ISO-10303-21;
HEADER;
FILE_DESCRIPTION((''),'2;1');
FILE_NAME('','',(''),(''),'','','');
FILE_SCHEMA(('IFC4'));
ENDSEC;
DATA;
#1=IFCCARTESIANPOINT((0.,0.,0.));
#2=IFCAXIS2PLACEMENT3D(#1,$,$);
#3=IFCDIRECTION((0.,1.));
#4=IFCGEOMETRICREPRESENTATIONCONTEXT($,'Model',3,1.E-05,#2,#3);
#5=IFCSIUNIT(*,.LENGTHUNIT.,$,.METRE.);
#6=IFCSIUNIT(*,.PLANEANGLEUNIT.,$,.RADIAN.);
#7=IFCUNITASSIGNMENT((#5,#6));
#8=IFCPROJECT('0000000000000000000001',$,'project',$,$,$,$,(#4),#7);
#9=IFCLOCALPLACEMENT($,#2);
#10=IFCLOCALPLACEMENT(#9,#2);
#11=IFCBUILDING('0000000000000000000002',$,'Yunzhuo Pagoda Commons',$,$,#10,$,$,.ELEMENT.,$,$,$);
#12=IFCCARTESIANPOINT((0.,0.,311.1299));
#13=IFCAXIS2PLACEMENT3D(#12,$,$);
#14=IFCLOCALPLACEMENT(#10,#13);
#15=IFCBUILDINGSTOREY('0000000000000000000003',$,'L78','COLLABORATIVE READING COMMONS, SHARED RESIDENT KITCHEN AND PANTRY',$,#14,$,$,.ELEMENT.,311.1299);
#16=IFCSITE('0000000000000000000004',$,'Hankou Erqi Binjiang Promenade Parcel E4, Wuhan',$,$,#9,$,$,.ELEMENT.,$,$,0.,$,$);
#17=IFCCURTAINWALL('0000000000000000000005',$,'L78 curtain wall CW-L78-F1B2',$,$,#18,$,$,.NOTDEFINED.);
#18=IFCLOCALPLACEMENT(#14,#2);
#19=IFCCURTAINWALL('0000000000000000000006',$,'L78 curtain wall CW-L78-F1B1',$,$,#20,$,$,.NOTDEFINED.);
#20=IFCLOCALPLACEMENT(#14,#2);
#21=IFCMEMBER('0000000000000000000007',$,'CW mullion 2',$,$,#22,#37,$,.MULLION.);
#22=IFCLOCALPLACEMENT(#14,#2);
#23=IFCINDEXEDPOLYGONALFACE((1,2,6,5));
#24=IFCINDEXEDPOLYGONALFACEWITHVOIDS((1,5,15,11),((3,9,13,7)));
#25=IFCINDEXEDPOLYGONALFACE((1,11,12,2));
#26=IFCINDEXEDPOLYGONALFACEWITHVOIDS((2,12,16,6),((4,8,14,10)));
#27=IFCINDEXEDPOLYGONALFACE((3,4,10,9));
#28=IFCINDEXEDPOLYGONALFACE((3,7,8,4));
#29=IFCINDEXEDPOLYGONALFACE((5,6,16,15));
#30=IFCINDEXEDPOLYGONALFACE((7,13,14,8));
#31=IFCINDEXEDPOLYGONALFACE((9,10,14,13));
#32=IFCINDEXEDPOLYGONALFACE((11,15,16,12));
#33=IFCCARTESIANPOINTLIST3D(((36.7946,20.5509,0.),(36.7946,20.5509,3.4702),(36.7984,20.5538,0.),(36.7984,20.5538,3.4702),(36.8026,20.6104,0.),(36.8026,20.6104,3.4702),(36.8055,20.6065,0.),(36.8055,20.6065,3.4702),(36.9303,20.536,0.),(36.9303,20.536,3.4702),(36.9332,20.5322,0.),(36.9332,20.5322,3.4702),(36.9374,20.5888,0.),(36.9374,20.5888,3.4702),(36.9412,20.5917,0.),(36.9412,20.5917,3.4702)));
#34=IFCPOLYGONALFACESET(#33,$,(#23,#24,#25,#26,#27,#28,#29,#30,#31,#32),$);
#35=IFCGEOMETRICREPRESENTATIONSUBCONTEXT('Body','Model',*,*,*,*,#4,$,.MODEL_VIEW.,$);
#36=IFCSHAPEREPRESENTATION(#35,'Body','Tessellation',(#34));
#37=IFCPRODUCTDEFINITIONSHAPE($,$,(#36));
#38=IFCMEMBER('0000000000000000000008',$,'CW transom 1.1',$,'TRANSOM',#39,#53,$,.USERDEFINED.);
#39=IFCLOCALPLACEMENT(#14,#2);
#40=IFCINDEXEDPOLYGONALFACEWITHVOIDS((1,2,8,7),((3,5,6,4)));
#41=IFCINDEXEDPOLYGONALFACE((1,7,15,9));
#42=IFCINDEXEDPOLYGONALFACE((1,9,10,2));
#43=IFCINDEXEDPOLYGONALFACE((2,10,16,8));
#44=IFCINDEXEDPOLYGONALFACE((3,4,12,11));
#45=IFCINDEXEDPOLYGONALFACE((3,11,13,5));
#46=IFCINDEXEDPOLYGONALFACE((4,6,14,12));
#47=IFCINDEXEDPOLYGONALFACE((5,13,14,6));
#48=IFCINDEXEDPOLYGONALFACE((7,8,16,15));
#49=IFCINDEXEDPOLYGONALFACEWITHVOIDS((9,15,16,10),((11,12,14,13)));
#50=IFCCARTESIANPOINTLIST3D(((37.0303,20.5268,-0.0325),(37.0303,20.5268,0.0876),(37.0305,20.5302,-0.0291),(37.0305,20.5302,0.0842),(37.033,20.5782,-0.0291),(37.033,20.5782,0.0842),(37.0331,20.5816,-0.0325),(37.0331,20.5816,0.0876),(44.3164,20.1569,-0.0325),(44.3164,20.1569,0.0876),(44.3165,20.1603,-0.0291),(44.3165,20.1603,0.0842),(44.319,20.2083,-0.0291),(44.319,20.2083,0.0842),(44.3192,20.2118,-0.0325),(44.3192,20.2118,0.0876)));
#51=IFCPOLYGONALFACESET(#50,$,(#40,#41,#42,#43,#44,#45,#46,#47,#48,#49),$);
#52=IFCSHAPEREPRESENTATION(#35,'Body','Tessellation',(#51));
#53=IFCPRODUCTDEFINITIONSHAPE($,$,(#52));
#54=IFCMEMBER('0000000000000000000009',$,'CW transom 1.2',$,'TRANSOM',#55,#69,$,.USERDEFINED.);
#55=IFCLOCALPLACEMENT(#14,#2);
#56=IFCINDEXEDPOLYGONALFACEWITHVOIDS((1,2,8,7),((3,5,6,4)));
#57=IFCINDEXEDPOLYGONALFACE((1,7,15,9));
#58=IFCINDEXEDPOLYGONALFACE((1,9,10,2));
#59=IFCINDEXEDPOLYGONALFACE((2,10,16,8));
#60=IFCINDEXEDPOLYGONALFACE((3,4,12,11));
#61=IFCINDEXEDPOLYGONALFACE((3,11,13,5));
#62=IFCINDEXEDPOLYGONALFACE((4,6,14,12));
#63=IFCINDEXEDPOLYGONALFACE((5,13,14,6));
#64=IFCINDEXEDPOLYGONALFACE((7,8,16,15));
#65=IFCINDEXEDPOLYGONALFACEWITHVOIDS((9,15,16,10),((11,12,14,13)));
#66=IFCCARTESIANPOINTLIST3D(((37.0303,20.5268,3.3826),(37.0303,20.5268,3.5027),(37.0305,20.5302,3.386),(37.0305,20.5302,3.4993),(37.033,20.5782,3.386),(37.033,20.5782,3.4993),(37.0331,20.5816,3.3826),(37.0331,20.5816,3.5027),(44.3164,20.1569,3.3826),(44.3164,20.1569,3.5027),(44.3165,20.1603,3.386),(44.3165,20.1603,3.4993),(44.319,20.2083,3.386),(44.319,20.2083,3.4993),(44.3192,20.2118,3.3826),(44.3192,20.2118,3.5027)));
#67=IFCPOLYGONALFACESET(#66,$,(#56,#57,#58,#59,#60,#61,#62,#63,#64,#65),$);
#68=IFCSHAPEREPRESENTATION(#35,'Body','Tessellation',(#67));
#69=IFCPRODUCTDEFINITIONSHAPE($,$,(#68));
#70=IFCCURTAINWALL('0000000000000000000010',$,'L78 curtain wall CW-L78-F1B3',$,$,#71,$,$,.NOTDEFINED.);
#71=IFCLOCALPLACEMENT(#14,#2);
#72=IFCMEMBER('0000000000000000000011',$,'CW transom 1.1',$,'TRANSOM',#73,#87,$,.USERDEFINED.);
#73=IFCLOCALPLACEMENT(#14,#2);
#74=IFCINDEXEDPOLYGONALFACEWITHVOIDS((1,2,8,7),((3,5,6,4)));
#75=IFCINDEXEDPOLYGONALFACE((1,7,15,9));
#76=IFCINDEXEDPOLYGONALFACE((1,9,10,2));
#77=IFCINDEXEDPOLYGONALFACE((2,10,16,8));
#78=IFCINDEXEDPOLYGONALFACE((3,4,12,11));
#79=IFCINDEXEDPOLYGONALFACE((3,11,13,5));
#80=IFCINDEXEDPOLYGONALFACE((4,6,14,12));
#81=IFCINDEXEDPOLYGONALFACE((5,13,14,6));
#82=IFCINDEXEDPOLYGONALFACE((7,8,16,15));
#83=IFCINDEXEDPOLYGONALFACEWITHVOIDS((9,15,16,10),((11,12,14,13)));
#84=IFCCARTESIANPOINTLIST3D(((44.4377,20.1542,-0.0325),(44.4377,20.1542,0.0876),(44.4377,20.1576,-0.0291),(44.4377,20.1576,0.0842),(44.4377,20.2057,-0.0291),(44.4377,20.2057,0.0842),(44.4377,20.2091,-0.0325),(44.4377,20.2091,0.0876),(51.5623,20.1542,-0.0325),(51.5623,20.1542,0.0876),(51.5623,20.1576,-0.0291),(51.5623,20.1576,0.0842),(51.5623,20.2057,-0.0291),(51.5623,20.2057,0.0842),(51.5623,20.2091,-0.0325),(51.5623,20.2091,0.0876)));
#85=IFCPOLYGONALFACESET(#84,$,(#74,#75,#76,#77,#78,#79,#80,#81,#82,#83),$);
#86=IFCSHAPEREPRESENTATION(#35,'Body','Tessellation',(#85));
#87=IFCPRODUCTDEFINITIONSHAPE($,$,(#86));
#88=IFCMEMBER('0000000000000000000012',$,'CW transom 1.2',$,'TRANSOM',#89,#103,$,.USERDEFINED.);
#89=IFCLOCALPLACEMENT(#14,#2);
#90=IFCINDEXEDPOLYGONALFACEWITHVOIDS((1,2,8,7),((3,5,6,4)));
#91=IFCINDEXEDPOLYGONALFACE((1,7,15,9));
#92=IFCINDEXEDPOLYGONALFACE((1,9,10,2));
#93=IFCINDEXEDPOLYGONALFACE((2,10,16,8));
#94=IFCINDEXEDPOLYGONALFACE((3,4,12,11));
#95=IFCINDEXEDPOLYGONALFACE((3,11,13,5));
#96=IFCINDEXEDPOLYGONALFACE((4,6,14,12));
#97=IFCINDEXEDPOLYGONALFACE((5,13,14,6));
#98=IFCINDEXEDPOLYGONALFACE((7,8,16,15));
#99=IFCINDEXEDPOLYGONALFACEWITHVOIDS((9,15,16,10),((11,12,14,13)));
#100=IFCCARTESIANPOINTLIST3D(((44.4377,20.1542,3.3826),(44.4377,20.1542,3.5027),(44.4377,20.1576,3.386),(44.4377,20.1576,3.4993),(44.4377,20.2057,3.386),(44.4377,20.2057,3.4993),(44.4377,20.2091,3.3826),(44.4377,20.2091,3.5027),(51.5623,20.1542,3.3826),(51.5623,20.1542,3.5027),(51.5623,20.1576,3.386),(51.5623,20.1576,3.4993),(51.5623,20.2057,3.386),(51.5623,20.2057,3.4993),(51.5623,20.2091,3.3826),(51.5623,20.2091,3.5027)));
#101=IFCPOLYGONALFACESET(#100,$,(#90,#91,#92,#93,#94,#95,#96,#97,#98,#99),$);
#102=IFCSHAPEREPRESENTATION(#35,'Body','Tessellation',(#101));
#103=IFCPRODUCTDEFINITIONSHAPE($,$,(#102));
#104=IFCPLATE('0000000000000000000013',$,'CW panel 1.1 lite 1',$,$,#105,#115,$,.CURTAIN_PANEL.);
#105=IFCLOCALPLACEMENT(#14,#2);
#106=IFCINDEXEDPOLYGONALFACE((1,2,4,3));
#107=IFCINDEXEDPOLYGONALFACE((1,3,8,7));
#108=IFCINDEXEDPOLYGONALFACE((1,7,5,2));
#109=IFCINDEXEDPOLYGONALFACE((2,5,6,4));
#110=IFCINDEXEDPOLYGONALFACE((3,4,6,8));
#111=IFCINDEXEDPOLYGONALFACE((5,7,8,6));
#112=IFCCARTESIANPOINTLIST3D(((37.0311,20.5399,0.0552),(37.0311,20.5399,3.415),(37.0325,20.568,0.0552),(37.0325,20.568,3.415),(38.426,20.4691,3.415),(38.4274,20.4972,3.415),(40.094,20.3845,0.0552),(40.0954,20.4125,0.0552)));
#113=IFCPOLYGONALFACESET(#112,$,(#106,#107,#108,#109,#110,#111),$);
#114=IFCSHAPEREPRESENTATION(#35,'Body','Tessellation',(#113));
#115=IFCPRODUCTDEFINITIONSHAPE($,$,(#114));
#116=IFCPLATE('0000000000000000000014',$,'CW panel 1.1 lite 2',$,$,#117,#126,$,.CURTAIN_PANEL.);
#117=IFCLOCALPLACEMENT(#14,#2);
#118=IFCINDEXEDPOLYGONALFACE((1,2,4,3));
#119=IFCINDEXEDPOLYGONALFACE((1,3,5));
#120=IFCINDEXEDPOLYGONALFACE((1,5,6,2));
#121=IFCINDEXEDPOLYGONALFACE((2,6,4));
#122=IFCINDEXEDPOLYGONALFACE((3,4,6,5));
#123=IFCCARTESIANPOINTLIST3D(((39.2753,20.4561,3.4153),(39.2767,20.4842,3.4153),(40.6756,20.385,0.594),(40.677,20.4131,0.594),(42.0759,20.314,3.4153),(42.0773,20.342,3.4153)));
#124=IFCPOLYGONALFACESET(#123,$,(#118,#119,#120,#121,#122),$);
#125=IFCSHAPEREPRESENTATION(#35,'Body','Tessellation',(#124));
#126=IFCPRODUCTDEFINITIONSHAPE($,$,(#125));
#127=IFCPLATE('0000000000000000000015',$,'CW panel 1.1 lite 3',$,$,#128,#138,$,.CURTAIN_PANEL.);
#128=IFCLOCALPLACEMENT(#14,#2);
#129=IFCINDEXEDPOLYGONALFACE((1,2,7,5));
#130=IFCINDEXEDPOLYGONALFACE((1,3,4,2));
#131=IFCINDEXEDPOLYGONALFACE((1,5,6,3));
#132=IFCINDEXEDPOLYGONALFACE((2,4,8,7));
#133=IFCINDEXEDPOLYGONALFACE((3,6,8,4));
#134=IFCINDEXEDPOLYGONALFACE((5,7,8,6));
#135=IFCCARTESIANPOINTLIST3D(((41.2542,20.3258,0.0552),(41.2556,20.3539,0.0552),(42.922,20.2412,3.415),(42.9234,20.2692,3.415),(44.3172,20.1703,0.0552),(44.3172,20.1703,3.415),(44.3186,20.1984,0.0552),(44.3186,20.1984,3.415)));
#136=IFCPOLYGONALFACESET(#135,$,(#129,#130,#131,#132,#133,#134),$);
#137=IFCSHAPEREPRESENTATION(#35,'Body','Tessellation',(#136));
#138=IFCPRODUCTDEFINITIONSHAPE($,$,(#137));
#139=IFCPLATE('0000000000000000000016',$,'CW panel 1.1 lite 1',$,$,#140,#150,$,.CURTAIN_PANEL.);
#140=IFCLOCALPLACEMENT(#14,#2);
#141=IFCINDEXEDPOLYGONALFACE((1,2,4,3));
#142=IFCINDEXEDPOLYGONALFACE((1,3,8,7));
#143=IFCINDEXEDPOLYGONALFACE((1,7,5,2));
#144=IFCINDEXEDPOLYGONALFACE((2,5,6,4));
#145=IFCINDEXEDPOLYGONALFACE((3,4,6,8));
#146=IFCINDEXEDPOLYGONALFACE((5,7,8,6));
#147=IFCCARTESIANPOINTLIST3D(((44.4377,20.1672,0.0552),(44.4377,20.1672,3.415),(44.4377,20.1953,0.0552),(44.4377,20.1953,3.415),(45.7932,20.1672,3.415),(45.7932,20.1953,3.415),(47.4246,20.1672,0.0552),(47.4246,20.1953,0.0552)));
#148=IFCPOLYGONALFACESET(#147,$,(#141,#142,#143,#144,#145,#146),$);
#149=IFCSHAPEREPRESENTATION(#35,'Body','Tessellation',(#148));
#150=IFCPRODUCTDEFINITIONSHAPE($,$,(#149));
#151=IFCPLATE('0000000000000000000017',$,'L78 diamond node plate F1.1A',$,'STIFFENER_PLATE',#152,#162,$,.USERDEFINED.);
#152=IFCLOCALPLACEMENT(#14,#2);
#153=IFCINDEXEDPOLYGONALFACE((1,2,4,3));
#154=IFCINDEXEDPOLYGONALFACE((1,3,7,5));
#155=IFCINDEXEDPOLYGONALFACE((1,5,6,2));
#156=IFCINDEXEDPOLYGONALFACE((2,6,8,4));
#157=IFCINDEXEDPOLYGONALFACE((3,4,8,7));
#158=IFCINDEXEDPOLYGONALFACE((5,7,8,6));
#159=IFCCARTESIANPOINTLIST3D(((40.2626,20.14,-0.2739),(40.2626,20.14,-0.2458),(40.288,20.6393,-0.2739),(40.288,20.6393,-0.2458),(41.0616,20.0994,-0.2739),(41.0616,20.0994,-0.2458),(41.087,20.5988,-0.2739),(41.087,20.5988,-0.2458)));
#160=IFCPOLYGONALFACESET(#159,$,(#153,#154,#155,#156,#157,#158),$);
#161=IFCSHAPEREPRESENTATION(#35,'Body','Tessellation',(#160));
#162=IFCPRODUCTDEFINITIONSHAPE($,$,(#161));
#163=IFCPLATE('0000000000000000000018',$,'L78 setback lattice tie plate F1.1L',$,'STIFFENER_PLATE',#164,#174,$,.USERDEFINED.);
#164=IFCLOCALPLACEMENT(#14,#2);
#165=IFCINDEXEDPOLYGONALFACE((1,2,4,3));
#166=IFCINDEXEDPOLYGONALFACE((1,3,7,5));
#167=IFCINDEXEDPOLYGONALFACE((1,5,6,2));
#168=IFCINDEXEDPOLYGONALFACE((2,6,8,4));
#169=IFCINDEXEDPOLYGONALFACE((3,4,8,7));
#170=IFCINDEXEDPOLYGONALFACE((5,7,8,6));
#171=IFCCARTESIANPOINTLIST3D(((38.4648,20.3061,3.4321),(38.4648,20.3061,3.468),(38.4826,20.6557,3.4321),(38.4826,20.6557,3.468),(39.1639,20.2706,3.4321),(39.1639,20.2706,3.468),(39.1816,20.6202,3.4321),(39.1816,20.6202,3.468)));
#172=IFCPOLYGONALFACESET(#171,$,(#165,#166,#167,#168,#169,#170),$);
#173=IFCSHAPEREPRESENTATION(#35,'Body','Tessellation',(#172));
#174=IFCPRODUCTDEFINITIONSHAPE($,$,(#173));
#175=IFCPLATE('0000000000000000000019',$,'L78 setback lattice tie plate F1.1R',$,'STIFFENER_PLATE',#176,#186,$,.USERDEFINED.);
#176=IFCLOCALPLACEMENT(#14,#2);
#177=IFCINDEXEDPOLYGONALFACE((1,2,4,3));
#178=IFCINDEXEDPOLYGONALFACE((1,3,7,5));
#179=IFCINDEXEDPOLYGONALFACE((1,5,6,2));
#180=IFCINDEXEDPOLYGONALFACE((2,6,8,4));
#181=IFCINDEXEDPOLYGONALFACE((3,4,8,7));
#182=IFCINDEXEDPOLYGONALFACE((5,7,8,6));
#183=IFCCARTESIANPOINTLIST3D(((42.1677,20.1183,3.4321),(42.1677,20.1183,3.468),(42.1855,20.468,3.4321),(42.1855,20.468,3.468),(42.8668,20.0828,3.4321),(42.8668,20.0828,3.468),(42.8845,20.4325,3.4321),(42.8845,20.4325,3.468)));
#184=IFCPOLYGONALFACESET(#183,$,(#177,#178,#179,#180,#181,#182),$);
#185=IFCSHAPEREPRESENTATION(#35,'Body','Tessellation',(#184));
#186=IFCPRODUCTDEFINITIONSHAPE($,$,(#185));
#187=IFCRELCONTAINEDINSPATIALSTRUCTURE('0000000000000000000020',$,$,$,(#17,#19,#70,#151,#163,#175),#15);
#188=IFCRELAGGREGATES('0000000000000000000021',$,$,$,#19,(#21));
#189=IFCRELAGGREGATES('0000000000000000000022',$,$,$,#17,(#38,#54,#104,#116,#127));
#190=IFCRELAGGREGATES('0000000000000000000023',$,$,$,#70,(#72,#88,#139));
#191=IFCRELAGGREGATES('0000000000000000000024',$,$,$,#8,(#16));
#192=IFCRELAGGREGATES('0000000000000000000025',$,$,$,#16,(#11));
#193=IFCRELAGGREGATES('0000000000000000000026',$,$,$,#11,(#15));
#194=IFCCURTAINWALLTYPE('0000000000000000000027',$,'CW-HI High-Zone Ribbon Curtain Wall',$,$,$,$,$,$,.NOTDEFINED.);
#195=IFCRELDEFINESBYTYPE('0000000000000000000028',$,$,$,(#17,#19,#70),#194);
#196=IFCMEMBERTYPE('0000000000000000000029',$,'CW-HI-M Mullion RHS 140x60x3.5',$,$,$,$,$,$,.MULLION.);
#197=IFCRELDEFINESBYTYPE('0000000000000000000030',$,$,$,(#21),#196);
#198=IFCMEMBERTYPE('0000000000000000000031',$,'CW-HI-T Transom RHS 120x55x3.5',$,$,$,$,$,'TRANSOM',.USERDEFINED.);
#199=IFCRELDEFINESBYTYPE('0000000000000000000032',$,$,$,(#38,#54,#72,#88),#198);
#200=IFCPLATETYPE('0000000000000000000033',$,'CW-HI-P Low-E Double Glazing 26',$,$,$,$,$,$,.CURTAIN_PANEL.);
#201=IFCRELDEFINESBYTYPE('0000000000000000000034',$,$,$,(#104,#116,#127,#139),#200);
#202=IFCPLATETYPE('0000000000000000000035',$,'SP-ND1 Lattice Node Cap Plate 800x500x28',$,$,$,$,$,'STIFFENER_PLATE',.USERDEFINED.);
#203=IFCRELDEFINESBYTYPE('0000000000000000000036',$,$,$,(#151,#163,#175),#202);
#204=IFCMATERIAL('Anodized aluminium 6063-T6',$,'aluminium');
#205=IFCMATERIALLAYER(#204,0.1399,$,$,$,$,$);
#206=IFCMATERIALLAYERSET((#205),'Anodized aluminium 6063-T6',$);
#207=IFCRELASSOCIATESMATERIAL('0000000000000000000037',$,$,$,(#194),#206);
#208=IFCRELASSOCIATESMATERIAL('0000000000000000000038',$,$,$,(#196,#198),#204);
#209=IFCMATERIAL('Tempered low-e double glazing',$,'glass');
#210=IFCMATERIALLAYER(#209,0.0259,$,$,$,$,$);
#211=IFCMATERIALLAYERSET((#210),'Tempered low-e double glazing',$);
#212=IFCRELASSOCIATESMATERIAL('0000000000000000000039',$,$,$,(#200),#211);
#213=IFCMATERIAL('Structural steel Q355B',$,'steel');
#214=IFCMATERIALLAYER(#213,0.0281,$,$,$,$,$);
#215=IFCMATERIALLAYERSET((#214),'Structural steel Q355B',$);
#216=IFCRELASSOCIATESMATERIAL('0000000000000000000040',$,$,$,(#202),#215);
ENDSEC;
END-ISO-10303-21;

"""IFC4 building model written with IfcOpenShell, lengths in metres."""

from ifc_helpers import new_model, si_unit, direction, frame, origin, origin_2d, place, context, subcontext, project, spatial, polyline, rectangle, hollow_rectangle, outline, extrude, source, transform, mapped, material, layer, layer_set, material_profile, profile_set, type_object, element, aggregate, save


model = new_model("IFC4")

# Units and contexts
model_context = context("Model", 3, precision=1e-05, world=origin(), true_north=direction((0.0, 1.0)))
body_context = subcontext(model_context, "Body", "Model", "MODEL_VIEW")
ifc_project = project(units=[si_unit("LENGTHUNIT", "METRE"), si_unit("PLANEANGLEUNIT", "RADIAN")], contexts=[model_context])

# Site, building, storey
site_placement = place(None, origin())
site = spatial("IfcSite", under=ifc_project, at=site_placement, Name="Hankou Erqi Binjiang Promenade Parcel E4, Wuhan", CompositionType="ELEMENT", RefElevation=0.0)
building_placement = place(site_placement, origin())
building = spatial("IfcBuilding", under=site, at=building_placement, Name="Yunzhuo Pagoda Commons", CompositionType="ELEMENT")
storey_placement = place(building_placement, frame((0.0, 0.0, 311.1299)))
storey = spatial("IfcBuildingStorey", under=building, at=storey_placement, Name="L78", Description="COLLABORATIVE READING COMMONS, SHARED RESIDENT KITCHEN AND PANTRY", CompositionType="ELEMENT", Elevation=311.1299)

# Shared definitions
ifc_material_1 = material(Name="Structural steel Q355B", Category="steel")

# Curtain wall
ifc_material_2 = material(Name="Anodized aluminium 6063-T6", Category="aluminium")
ifc_layer_1 = layer(ifc_material_2, 0.1399)
ifc_layer_set_1 = layer_set([ifc_layer_1], Name="Anodized aluminium 6063-T6")
curtain_wall_type = type_object("IfcCurtainWallType", Name="CW-HI High-Zone Ribbon Curtain Wall", PredefinedType="NOTDEFINED", material=ifc_layer_set_1)
curtain_wall_1_placement = place(storey_placement, origin())
curtain_wall_1 = element("IfcCurtainWall", 1, at=curtain_wall_1_placement, inside=storey, type_object=curtain_wall_type, Name="L78 curtain wall CW-L78-F1B2", PredefinedType="NOTDEFINED")
ifc_material_profile_1 = material_profile(ifc_material_2, hollow_rectangle(XDim=0.0601, YDim=0.1399, WallThickness=0.0034, at=origin_2d()), Name="Anodized aluminium 6063-T6")
ifc_profile_set_1 = profile_set([ifc_material_profile_1], Name="Anodized aluminium 6063-T6")
member_type_1 = type_object("IfcMemberType", Name="CW-HI-M Mullion RHS 140x60x3.5", PredefinedType="MULLION", material=ifc_profile_set_1)
shared_shape_1 = source(origin(), body_context, "Body", "SweptSolid", [
    extrude(hollow_rectangle(XDim=0.0601, YDim=0.1399, WallThickness=0.0034, at=origin_2d()), origin(), (0.0, 0.0, 1.0), 3.4702),
])

# Curtain wall, member
curtain_wall_2_placement = place(storey_placement, origin())
curtain_wall_2 = element("IfcCurtainWall", 2, at=curtain_wall_2_placement, inside=storey, type_object=curtain_wall_type, Name="L78 curtain wall CW-L78-F1B1", PredefinedType="NOTDEFINED")
member_1_placement = place(storey_placement, frame((36.8679, 20.5713, 0.0), z_axis=(0.0, 0.0, 1.0), x_axis=(0.133519, 0.991046, 0.0)))
member_1 = element("IfcMember", 3, at=member_1_placement, type_object=member_type_1, Name="CW mullion 2", PredefinedType="MULLION", context=body_context, shape_type="MappedRepresentation", body=[
    mapped(shared_shape_1, transform((0.0, 0.0, 0.0), scale=1.0)),
])
aggregate(curtain_wall_2, [member_1])

# Members
ifc_material_profile_2 = material_profile(ifc_material_2, hollow_rectangle(XDim=0.0549, YDim=0.1201, WallThickness=0.0034, at=origin_2d()), Name="Anodized aluminium 6063-T6")
ifc_profile_set_2 = profile_set([ifc_material_profile_2], Name="Anodized aluminium 6063-T6")
member_type_2 = type_object("IfcMemberType", Name="CW-HI-T Transom RHS 120x55x3.5", ElementType="TRANSOM", PredefinedType="USERDEFINED", material=ifc_profile_set_2)
shared_shape_2 = source(origin(), body_context, "Body", "SweptSolid", [
    extrude(hollow_rectangle(XDim=0.0549, YDim=0.1201, WallThickness=0.0034, at=origin_2d()), origin(), (0.0, 0.0, 1.0), 7.2954),
])
member_2_placement = place(storey_placement, frame((37.0317, 20.5542, 0.0276), z_axis=(0.998714, -0.050699, 0.0), x_axis=(0.050699, 0.998714, 0.0)))
member_2 = element("IfcMember", 4, at=member_2_placement, type_object=member_type_2, Name="CW transom 1.1", ObjectType="TRANSOM", PredefinedType="USERDEFINED", context=body_context, shape_type="MappedRepresentation", body=[
    mapped(shared_shape_2, transform((0.0, 0.0, 0.0), scale=1.0)),
])
member_3_placement = place(storey_placement, frame((37.0317, 20.5542, 3.4426), z_axis=(0.998714, -0.050699, 0.0), x_axis=(0.050699, 0.998714, 0.0)))
member_3 = element("IfcMember", 5, at=member_3_placement, type_object=member_type_2, Name="CW transom 1.2", ObjectType="TRANSOM", PredefinedType="USERDEFINED", context=body_context, shape_type="MappedRepresentation", body=[
    mapped(shared_shape_2, transform((0.0, 0.0, 0.0), scale=1.0)),
])

# Curtain wall, members
curtain_wall_3_placement = place(storey_placement, origin())
curtain_wall_3 = element("IfcCurtainWall", 6, at=curtain_wall_3_placement, inside=storey, type_object=curtain_wall_type, Name="L78 curtain wall CW-L78-F1B3", PredefinedType="NOTDEFINED")
shared_shape_3 = source(origin(), body_context, "Body", "SweptSolid", [
    extrude(hollow_rectangle(XDim=0.0549, YDim=0.1201, WallThickness=0.0034, at=origin_2d()), origin(), (0.0, 0.0, 1.0), 7.1245),
])
member_4_placement = place(storey_placement, frame((44.4377, 20.1816, 0.0276), z_axis=(1.0, 0.0, 0.0), x_axis=(0.0, 1.0, 0.0)))
member_4 = element("IfcMember", 7, at=member_4_placement, type_object=member_type_2, Name="CW transom 1.1", ObjectType="TRANSOM", PredefinedType="USERDEFINED", context=body_context, shape_type="MappedRepresentation", body=[
    mapped(shared_shape_3, transform((0.0, 0.0, 0.0), scale=1.0)),
])
member_5_placement = place(storey_placement, frame((44.4377, 20.1816, 3.4426), z_axis=(1.0, 0.0, 0.0), x_axis=(0.0, 1.0, 0.0)))
member_5 = element("IfcMember", 8, at=member_5_placement, type_object=member_type_2, Name="CW transom 1.2", ObjectType="TRANSOM", PredefinedType="USERDEFINED", context=body_context, shape_type="MappedRepresentation", body=[
    mapped(shared_shape_3, transform((0.0, 0.0, 0.0), scale=1.0)),
])

# Plates
ifc_material_3 = material(Name="Tempered low-e double glazing", Category="glass")
ifc_layer_2 = layer(ifc_material_3, 0.0259)
ifc_layer_set_2 = layer_set([ifc_layer_2], Name="Tempered low-e double glazing")
plate_type_1 = type_object("IfcPlateType", Name="CW-HI-P Low-E Double Glazing 26", PredefinedType="CURTAIN_PANEL", material=ifc_layer_set_2)
plate_1_placement = place(storey_placement, frame((38.564, 20.4902, 1.7351), z_axis=(-0.050692, -0.998714, 0.0), x_axis=(0.998714, -0.050692, 0.0)))
plate_1 = element("IfcPlate", 9, at=plate_1_placement, type_object=plate_type_1, Name="CW panel 1.1 lite 1", PredefinedType="CURTAIN_PANEL", context=body_context, shape_type="SweptSolid", body=[
    extrude(outline(polyline([(-1.5334, -1.6799), (1.5334, -1.6799), (-0.1367, 1.6799), (-1.5334, 1.6799), (-1.5334, -1.6799)])), origin(), (0.0, 0.0, 1.0), 0.0281),
])
plate_2_placement = place(storey_placement, frame((40.677, 20.4131, 2.0046), z_axis=(-0.050692, -0.998714, 0.0), x_axis=(0.998714, -0.050692, 0.0)))
plate_2 = element("IfcPlate", 10, at=plate_2_placement, type_object=plate_type_1, Name="CW panel 1.1 lite 2", PredefinedType="CURTAIN_PANEL", context=body_context, shape_type="SweptSolid", body=[
    extrude(outline(polyline([(-1.4021, 1.4106), (0.0, -1.4106), (1.4021, 1.4106), (-1.4021, 1.4106)])), origin(), (0.0, 0.0, 1.0), 0.0281),
])
plate_3_placement = place(storey_placement, frame((42.7871, 20.2761, 1.7351), z_axis=(-0.050692, -0.998714, 0.0), x_axis=(0.998714, -0.050692, 0.0)))
plate_3 = element("IfcPlate", 11, at=plate_3_placement, type_object=plate_type_1, Name="CW panel 1.1 lite 3", PredefinedType="CURTAIN_PANEL", context=body_context, shape_type="SweptSolid", body=[
    extrude(outline(polyline([(-1.5334, -1.6799), (1.5334, -1.6799), (1.5334, 1.6799), (0.1365, 1.6799), (-1.5334, -1.6799)])), origin(), (0.0, 0.0, 1.0), 0.0281),
])
aggregate(curtain_wall_1, [member_2, member_3, plate_1, plate_2, plate_3])
plate_4_placement = place(storey_placement, frame((45.9312, 20.1953, 1.7351), z_axis=(0.0, -1.0, 0.0), x_axis=(1.0, 0.0, 0.0)))
plate_4 = element("IfcPlate", 12, at=plate_4_placement, type_object=plate_type_1, Name="CW panel 1.1 lite 1", PredefinedType="CURTAIN_PANEL", context=body_context, shape_type="SweptSolid", body=[
    extrude(outline(polyline([(-1.4934, -1.6799), (1.4934, -1.6799), (-0.1379, 1.6799), (-1.4934, 1.6799), (-1.4934, -1.6799)])), origin(), (0.0, 0.0, 1.0), 0.0281),
])
aggregate(curtain_wall_3, [member_4, member_5, plate_4])

# Plates
ifc_layer_3 = layer(ifc_material_1, 0.0281)
ifc_layer_set_3 = layer_set([ifc_layer_3], Name="Structural steel Q355B")
plate_type_2 = type_object("IfcPlateType", Name="SP-ND1 Lattice Node Cap Plate 800x500x28", ElementType="STIFFENER_PLATE", PredefinedType="USERDEFINED", material=ifc_layer_set_3)
shared_shape_4 = source(origin(), body_context, "Body", "SweptSolid", [
    extrude(rectangle(XDim=0.8, YDim=0.5, at=origin_2d()), origin(), (0.0, 0.0, 1.0), 0.0281),
])
plate_5_placement = place(storey_placement, frame((40.6748, 20.3694, -0.2739), z_axis=(0.0, 0.0, 1.0), x_axis=(0.998714, -0.050698, 0.0)))
element("IfcPlate", 13, at=plate_5_placement, inside=storey, type_object=plate_type_2, Name="L78 diamond node plate F1.1A", ObjectType="STIFFENER_PLATE", PredefinedType="USERDEFINED", context=body_context, shape_type="MappedRepresentation", body=[
    mapped(shared_shape_4, transform((0.0, 0.0, 0.0), scale=1.0)),
])
shared_shape_5 = source(origin(), body_context, "Body", "SweptSolid", [
    extrude(rectangle(XDim=0.7, YDim=0.3501, at=origin_2d()), origin(), (0.0, 0.0, 1.0), 0.0359),
])
for number, where, z_axis, x_axis, name in (
    (14, (38.8232, 20.4631, 3.4321), (0.0, 0.0, 1.0), (0.998714, -0.050698, 0.0), "L78 setback lattice tie plate F1.1L"),
    (15, (42.5261, 20.2754, 3.4321), (0.0, 0.0, 1.0), (0.998714, -0.050698, 0.0), "L78 setback lattice tie plate F1.1R"),
):
    element("IfcPlate", number, at=place(storey_placement, frame(where, z_axis=z_axis, x_axis=x_axis)), inside=storey, type_object=plate_type_2, Name=name, ObjectType="STIFFENER_PLATE", PredefinedType="USERDEFINED", context=body_context, shape_type="MappedRepresentation", body=[
        mapped(shared_shape_5, transform((0.0, 0.0, 0.0), scale=1.0)),
    ])

save(model, "model.ifc")
